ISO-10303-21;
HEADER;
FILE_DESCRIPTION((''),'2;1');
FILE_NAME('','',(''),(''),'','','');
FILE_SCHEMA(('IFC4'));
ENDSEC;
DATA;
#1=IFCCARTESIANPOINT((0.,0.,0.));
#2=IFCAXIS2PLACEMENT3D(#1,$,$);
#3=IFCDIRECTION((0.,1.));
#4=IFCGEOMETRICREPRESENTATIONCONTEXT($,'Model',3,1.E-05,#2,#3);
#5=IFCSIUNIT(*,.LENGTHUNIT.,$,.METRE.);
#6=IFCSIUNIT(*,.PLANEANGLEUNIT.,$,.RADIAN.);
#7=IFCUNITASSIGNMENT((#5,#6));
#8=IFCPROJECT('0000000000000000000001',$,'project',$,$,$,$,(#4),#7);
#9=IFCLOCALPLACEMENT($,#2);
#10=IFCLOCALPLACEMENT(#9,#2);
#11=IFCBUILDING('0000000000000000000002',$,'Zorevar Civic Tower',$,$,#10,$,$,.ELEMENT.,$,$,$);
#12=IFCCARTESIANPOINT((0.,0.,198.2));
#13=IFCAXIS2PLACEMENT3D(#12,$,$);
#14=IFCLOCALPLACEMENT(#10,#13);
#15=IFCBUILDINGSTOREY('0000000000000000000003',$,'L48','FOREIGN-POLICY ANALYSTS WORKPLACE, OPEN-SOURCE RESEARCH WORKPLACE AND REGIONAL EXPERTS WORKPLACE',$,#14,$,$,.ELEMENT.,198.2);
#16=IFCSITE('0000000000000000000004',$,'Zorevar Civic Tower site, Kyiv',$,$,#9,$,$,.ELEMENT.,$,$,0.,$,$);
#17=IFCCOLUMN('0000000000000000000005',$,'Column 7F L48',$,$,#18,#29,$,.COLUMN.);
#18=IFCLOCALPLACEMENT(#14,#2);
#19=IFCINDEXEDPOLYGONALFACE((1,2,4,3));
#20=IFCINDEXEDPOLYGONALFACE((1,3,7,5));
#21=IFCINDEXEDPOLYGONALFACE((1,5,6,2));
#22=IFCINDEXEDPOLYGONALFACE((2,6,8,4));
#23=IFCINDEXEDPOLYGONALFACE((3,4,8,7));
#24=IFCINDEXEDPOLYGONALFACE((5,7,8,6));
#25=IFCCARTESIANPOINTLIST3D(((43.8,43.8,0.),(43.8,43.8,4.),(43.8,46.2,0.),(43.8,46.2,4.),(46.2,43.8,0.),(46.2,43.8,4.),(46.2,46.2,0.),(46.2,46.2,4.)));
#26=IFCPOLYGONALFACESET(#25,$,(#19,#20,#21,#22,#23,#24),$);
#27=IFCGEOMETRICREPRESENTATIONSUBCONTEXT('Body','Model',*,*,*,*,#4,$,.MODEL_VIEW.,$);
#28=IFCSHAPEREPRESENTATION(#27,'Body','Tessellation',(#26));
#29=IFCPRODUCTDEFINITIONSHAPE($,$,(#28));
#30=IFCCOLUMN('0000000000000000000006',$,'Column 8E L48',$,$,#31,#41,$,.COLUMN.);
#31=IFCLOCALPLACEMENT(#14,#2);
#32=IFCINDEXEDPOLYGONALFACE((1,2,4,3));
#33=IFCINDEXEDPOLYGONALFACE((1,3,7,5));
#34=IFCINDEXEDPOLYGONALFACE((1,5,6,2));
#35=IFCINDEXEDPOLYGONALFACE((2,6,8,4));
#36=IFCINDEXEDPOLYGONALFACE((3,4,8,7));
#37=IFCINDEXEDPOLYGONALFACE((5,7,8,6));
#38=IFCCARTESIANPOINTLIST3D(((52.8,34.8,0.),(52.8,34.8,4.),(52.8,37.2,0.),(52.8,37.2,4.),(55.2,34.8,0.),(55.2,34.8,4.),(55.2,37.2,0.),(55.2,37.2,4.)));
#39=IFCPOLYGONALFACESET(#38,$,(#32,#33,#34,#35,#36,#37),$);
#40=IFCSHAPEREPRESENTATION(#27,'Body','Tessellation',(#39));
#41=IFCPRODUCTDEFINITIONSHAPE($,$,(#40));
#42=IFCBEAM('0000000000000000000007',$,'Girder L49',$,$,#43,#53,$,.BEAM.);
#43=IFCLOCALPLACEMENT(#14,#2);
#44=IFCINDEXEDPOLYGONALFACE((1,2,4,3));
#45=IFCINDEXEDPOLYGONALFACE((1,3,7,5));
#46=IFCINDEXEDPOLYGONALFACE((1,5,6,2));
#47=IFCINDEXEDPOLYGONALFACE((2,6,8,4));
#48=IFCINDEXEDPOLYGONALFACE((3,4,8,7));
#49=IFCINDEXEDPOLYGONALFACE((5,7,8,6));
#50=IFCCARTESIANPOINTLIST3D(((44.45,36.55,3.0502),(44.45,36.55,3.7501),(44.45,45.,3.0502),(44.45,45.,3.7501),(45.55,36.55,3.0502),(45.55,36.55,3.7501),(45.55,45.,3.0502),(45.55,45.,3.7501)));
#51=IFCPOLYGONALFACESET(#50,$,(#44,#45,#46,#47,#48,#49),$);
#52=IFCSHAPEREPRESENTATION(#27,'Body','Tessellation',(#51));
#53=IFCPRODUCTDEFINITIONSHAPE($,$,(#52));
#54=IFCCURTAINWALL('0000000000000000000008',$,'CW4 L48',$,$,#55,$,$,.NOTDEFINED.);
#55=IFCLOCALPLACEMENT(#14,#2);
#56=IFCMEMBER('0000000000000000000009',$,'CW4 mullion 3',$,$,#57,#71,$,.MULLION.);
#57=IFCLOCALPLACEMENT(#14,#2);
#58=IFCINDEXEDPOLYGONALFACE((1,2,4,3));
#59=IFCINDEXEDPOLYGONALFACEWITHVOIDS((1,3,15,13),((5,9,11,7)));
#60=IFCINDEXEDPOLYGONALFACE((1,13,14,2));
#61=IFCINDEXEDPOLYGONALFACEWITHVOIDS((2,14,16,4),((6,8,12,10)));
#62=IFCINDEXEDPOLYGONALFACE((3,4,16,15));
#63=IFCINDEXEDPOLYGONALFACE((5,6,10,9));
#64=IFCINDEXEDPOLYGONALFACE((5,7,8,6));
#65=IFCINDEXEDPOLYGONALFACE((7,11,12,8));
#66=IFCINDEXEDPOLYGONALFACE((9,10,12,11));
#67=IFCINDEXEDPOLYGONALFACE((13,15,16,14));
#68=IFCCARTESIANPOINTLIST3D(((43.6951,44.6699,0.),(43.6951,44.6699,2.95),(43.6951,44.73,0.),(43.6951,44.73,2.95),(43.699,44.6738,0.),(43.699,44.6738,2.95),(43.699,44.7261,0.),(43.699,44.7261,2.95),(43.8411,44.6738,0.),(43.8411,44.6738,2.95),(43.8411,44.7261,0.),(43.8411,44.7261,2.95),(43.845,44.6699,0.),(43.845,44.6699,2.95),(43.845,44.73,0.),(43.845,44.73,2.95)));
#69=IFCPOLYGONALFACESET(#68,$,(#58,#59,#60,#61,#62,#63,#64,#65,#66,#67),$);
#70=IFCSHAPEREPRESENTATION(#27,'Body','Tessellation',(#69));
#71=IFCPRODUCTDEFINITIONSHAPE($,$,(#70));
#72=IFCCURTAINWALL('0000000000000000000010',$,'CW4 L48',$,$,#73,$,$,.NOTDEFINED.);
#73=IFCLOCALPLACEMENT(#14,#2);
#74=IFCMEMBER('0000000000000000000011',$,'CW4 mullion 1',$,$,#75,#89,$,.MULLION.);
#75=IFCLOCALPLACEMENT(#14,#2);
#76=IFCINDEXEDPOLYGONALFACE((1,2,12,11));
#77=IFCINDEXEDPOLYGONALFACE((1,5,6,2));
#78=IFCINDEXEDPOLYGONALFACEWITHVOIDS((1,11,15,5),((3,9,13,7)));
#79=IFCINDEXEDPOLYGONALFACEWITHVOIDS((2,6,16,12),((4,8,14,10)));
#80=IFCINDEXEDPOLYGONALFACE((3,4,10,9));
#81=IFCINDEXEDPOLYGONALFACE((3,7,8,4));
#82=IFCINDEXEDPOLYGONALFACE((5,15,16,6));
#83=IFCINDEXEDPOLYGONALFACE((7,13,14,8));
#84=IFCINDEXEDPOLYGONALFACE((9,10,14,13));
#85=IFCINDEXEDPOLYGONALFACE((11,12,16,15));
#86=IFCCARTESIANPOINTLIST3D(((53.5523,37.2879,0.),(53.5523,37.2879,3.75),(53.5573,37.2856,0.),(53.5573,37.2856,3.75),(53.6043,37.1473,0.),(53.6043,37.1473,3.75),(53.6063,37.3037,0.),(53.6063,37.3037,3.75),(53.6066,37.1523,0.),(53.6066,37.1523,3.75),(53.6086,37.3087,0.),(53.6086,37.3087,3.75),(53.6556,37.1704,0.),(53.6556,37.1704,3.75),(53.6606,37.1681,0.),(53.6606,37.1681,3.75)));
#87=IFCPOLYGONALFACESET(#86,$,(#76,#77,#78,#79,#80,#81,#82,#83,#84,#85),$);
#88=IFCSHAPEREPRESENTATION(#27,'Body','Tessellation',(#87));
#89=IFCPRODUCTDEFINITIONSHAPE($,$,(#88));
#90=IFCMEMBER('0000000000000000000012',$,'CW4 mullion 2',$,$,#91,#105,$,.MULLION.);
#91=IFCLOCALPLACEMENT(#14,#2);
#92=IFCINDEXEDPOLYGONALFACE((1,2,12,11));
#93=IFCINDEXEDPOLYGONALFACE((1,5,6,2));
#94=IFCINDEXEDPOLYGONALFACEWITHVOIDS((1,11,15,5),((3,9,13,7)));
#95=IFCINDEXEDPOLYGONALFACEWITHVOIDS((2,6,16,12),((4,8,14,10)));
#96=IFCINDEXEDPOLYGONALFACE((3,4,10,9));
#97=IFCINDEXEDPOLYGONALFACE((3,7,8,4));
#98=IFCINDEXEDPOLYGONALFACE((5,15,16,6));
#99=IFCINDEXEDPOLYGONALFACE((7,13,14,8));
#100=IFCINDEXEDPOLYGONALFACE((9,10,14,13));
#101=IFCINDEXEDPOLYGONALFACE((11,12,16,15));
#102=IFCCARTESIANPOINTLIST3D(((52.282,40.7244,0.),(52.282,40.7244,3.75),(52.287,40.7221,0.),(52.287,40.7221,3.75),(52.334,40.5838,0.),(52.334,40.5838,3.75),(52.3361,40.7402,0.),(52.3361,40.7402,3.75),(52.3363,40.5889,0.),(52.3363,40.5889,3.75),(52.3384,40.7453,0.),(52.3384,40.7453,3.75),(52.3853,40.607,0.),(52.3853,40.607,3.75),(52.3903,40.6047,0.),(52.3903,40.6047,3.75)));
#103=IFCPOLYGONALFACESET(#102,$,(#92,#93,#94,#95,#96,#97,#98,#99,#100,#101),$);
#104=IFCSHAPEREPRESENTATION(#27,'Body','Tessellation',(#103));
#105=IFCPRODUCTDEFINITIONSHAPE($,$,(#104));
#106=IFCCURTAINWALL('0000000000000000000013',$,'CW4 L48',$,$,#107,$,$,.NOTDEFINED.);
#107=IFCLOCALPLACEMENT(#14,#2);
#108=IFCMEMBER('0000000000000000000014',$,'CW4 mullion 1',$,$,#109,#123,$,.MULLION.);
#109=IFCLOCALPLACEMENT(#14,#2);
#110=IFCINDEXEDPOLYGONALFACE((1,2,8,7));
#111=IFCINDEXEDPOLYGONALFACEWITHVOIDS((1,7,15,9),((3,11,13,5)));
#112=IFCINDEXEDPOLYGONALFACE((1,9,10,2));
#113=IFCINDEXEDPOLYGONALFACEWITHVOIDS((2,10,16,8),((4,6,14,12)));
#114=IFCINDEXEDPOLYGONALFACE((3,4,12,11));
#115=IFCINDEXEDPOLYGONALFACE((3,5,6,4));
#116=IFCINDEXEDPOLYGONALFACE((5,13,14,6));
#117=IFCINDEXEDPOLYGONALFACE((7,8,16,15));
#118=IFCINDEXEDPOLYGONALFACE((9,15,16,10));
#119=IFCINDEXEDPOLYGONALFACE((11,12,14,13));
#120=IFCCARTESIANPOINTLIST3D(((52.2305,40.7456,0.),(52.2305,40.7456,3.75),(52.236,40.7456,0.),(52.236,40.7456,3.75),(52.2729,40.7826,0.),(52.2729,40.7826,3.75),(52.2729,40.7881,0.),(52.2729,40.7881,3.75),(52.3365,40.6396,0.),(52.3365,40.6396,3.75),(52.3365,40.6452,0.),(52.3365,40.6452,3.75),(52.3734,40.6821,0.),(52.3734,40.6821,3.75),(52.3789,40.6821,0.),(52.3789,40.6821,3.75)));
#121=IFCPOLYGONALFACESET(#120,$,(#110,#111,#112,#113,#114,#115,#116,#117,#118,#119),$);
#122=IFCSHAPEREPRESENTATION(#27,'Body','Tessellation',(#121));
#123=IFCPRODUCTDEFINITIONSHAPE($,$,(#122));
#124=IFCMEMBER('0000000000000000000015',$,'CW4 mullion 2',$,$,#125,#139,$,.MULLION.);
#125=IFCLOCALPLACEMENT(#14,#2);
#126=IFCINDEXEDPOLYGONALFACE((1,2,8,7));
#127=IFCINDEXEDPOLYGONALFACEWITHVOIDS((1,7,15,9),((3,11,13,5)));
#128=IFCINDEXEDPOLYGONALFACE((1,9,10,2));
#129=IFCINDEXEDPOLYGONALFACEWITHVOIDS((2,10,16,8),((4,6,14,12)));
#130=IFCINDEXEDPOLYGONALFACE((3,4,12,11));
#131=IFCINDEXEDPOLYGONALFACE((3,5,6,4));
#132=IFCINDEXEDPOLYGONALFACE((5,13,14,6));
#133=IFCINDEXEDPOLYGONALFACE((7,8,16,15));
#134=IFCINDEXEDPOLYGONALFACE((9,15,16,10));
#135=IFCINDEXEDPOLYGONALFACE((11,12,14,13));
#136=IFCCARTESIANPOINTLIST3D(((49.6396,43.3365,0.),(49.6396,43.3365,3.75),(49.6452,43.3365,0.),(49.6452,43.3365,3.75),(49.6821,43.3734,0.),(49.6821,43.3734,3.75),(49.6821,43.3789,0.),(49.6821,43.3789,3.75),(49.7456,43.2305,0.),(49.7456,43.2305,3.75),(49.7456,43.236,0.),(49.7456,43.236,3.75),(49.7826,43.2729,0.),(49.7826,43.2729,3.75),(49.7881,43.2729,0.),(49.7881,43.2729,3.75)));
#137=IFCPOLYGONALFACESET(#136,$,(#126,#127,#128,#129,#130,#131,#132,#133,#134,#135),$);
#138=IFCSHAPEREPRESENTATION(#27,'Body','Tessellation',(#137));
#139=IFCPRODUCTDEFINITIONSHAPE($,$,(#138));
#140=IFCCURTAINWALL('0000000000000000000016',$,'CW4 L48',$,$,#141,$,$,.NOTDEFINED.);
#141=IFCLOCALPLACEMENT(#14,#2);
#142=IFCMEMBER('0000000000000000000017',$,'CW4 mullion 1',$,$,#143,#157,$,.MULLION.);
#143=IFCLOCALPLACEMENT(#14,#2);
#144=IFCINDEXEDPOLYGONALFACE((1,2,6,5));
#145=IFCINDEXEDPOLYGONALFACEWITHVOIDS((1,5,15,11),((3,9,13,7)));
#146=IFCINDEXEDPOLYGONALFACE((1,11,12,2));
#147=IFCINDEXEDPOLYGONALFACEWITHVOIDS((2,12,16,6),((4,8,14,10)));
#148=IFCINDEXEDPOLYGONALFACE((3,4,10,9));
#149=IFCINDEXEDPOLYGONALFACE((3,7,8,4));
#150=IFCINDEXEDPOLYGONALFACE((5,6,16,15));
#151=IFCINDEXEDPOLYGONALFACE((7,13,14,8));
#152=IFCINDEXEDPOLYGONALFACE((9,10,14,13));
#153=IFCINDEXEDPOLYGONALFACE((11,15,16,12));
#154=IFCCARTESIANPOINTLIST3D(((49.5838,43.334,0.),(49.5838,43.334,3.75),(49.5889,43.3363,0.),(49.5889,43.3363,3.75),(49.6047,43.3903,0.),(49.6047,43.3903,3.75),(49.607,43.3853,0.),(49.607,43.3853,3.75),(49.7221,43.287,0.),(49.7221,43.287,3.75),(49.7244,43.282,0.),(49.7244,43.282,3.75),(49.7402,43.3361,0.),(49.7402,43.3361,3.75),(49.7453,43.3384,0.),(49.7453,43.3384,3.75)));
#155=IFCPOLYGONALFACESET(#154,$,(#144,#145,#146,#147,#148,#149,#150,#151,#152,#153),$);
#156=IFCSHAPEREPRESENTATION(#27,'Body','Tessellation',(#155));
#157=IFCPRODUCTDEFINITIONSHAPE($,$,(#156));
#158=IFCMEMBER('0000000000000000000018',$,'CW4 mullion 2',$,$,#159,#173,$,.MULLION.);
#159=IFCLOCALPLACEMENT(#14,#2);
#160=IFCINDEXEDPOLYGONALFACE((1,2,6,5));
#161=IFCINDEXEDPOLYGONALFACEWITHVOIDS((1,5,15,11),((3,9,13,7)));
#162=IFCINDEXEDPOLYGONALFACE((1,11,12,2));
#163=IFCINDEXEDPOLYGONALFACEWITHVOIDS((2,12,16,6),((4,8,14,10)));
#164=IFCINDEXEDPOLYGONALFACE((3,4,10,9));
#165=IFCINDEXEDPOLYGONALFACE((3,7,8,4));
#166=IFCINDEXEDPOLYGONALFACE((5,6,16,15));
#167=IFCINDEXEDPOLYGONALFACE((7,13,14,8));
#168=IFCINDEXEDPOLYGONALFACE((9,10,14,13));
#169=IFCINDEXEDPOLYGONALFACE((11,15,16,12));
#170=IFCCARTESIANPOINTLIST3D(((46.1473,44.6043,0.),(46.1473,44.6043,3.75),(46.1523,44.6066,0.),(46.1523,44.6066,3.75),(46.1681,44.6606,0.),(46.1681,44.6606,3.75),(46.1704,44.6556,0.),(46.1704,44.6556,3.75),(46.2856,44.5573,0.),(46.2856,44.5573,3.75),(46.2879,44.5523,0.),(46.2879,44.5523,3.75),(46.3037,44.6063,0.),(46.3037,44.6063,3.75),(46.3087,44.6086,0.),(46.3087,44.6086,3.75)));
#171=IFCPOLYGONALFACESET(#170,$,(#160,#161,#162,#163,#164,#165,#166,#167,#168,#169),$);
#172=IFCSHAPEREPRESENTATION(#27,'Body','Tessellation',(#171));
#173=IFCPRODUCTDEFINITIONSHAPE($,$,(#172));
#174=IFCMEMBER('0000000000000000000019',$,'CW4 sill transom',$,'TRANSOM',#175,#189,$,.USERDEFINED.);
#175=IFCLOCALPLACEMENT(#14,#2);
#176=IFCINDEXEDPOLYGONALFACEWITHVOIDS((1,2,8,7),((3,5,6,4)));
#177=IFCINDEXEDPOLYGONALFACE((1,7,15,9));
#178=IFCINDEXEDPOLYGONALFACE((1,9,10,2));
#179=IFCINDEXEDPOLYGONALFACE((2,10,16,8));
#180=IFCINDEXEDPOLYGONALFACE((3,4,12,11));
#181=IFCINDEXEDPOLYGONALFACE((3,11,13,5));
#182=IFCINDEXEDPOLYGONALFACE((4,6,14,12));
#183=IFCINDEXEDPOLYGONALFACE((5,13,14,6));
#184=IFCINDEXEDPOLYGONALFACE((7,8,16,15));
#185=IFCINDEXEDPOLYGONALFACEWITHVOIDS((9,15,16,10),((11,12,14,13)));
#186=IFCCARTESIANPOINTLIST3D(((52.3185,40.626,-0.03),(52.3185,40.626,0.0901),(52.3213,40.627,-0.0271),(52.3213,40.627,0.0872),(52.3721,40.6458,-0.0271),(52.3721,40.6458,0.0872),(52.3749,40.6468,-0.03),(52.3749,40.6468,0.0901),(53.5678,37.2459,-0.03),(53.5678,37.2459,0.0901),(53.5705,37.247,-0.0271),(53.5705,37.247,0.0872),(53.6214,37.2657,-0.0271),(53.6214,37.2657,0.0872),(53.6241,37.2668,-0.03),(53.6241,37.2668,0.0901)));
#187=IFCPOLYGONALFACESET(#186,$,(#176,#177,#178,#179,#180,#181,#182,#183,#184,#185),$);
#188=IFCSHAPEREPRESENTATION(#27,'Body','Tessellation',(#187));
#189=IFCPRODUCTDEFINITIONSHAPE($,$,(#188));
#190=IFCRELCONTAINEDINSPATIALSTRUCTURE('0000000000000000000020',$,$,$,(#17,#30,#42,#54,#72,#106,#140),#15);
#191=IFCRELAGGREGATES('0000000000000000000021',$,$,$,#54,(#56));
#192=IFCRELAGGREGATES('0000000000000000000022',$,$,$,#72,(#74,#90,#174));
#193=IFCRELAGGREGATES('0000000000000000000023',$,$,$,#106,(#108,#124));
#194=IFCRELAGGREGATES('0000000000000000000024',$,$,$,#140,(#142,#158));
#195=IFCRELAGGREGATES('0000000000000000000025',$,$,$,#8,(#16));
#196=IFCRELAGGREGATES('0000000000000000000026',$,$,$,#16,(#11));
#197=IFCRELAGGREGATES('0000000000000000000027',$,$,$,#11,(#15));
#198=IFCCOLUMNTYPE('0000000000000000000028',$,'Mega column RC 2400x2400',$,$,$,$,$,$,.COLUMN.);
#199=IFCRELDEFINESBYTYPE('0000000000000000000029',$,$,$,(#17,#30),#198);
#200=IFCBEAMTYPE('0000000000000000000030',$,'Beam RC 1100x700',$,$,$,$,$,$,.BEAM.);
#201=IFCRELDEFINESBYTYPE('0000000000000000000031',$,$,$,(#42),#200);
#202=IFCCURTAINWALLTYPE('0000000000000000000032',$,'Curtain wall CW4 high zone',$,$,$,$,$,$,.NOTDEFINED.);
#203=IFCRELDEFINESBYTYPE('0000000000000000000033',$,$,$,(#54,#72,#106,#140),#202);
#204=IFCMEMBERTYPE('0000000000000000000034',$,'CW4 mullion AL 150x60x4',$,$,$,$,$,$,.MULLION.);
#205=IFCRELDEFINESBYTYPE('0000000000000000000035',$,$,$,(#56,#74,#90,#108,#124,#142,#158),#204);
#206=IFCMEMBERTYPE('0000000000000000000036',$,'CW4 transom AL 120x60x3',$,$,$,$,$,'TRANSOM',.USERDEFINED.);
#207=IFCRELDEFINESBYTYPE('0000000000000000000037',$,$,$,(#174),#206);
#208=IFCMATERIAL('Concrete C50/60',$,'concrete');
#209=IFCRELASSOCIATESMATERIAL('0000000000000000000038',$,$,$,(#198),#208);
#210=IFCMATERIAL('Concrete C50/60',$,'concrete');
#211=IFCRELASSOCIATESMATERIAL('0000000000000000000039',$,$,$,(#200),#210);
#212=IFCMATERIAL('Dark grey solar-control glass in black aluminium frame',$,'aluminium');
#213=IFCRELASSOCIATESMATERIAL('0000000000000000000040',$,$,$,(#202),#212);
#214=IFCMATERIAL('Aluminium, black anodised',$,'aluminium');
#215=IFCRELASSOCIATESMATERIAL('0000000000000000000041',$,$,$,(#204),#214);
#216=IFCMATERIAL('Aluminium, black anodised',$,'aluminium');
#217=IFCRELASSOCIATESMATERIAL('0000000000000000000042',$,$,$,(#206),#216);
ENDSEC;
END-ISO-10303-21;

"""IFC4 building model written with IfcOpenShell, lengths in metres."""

from ifc_helpers import new_model, si_unit, direction, frame, origin, origin_2d, place, context, subcontext, project, spatial, rectangle, hollow_rectangle, extrude, material, material_profile, profile_set, type_object, element, aggregate, save


model = new_model("IFC4")

# Units and contexts
model_context = context("Model", 3, precision=1e-05, world=origin(), true_north=direction((0.0, 1.0)))
body_context = subcontext(model_context, "Body", "Model", "MODEL_VIEW")
ifc_project = project(units=[si_unit("LENGTHUNIT", "METRE"), si_unit("PLANEANGLEUNIT", "RADIAN")], contexts=[model_context])

# Site, building, storey
site_placement = place(None, origin())
site = spatial("IfcSite", under=ifc_project, at=site_placement, Name="Zorevar Civic Tower site, Kyiv", CompositionType="ELEMENT", RefElevation=0.0)
building_placement = place(site_placement, origin())
building = spatial("IfcBuilding", under=site, at=building_placement, Name="Zorevar Civic Tower", CompositionType="ELEMENT")
storey_placement = place(building_placement, frame((0.0, 0.0, 198.2)))
storey = spatial("IfcBuildingStorey", under=building, at=storey_placement, Name="L48", Description="FOREIGN-POLICY ANALYSTS WORKPLACE, OPEN-SOURCE RESEARCH WORKPLACE AND REGIONAL EXPERTS WORKPLACE", CompositionType="ELEMENT", Elevation=198.2)

# Columns
ifc_material_1 = material(Name="Concrete C50/60", Category="concrete")
ifc_material_profile_1 = material_profile(ifc_material_1, rectangle(XDim=2.3999, YDim=2.3999, at=origin_2d()), Name="RC 2400x2400")
ifc_profile_set_1 = profile_set([ifc_material_profile_1], Name="Concrete C50/60")
column_type = type_object("IfcColumnType", Name="Mega column RC 2400x2400", PredefinedType="COLUMN", material=ifc_profile_set_1)
for number, where, z_axis, x_axis, name in (
    (1, (45.0, 45.0, 0.0), (0.0, 0.0, 1.0), (1.0, 0.0, 0.0), "Column 7F L48"),
    (2, (54.0, 36.0, 0.0), (0.0, 0.0, 1.0), (1.0, 0.0, 0.0), "Column 8E L48"),
):
    element("IfcColumn", number, at=place(storey_placement, frame(where, z_axis=z_axis, x_axis=x_axis)), inside=storey, type_object=column_type, Name=name, PredefinedType="COLUMN", context=body_context, shape_type="SweptSolid", body=[
        extrude(rectangle(XDim=2.3999, YDim=2.3999, at=origin_2d()), origin(), (0.0, 0.0, 1.0), 4.0),
    ])

# Beam
ifc_material_2 = material(Name="Concrete C50/60", Category="concrete")
ifc_material_profile_2 = material_profile(ifc_material_2, rectangle(XDim=1.1001, YDim=0.7, at=origin_2d()), Name="RC 1100x700")
ifc_profile_set_2 = profile_set([ifc_material_profile_2], Name="Concrete C50/60")
beam_type_1 = type_object("IfcBeamType", Name="Beam RC 1100x700", PredefinedType="BEAM", material=ifc_profile_set_2)
beam_1_placement = place(storey_placement, frame((45.0, 36.55, 3.4001), z_axis=(0.0, 1.0, 0.0), x_axis=(-1.0, 0.0, 0.0)))
element("IfcBeam", 3, at=beam_1_placement, inside=storey, type_object=beam_type_1, Name="Girder L49", PredefinedType="BEAM", context=body_context, shape_type="SweptSolid", body=[
    extrude(rectangle(XDim=1.1001, YDim=0.7, at=origin_2d()), origin(), (0.0, 0.0, 1.0), 8.45),
])

# Curtain wall, member
ifc_material_3 = material(Name="Dark grey solar-control glass in black aluminium frame", Category="aluminium")
curtain_wall_type = type_object("IfcCurtainWallType", Name="Curtain wall CW4 high zone", PredefinedType="NOTDEFINED", material=ifc_material_3)
curtain_wall_1_placement = place(storey_placement, origin())
curtain_wall_1 = element("IfcCurtainWall", 4, at=curtain_wall_1_placement, inside=storey, type_object=curtain_wall_type, Name="CW4 L48", PredefinedType="NOTDEFINED")
ifc_material_4 = material(Name="Aluminium, black anodised", Category="aluminium")
ifc_material_profile_3 = material_profile(ifc_material_4, hollow_rectangle(XDim=0.0601, YDim=0.1499, WallThickness=0.0039, at=origin_2d()), Name="AL 150x60x4")
ifc_profile_set_3 = profile_set([ifc_material_profile_3], Name="Aluminium, black anodised")
member_type_1 = type_object("IfcMemberType", Name="CW4 mullion AL 150x60x4", PredefinedType="MULLION", material=ifc_profile_set_3)
member_1_placement = place(storey_placement, frame((43.77, 44.7, 0.0), z_axis=(0.0, 0.0, 1.0), x_axis=(0.0, 1.0, 0.0)))
member_1 = element("IfcMember", 5, at=member_1_placement, type_object=member_type_1, Name="CW4 mullion 3", PredefinedType="MULLION", context=body_context, shape_type="SweptSolid", body=[
    extrude(hollow_rectangle(XDim=0.0601, YDim=0.1499, WallThickness=0.0039, at=origin_2d()), origin(), (0.0, 0.0, 1.0), 2.95),
])

# Curtain walls, members
curtain_wall_2_placement = place(storey_placement, origin())
curtain_wall_2 = element("IfcCurtainWall", 6, at=curtain_wall_2_placement, inside=storey, type_object=curtain_wall_type, Name="CW4 L48", PredefinedType="NOTDEFINED")
member_2_placement = place(storey_placement, frame((53.6064, 37.228, 0.0), z_axis=(0.0, 0.0, 1.0), x_axis=(-0.937975, -0.346704, 0.0)))
member_2 = element("IfcMember", 7, at=member_2_placement, type_object=member_type_1, Name="CW4 mullion 1", PredefinedType="MULLION", context=body_context, shape_type="SweptSolid", body=[
    extrude(hollow_rectangle(XDim=0.0601, YDim=0.1499, WallThickness=0.0039, at=origin_2d()), origin(), (0.0, 0.0, 1.0), 3.75),
])
member_3_placement = place(storey_placement, frame((52.3362, 40.6646, 0.0), z_axis=(0.0, 0.0, 1.0), x_axis=(-0.937975, -0.346704, 0.0)))
member_3 = element("IfcMember", 8, at=member_3_placement, type_object=member_type_1, Name="CW4 mullion 2", PredefinedType="MULLION", context=body_context, shape_type="SweptSolid", body=[
    extrude(hollow_rectangle(XDim=0.0601, YDim=0.1499, WallThickness=0.0039, at=origin_2d()), origin(), (0.0, 0.0, 1.0), 3.75),
])
curtain_wall_3_placement = place(storey_placement, origin())
curtain_wall_3 = element("IfcCurtainWall", 9, at=curtain_wall_3_placement, inside=storey, type_object=curtain_wall_type, Name="CW4 L48", PredefinedType="NOTDEFINED")
member_4_placement = place(storey_placement, frame((52.3047, 40.7139, 0.0), z_axis=(0.0, 0.0, 1.0), x_axis=(-0.707107, -0.707107, 0.0)))
member_4 = element("IfcMember", 10, at=member_4_placement, type_object=member_type_1, Name="CW4 mullion 1", PredefinedType="MULLION", context=body_context, shape_type="SweptSolid", body=[
    extrude(hollow_rectangle(XDim=0.0601, YDim=0.1499, WallThickness=0.0039, at=origin_2d()), origin(), (0.0, 0.0, 1.0), 3.75),
])
member_5_placement = place(storey_placement, frame((49.7139, 43.3047, 0.0), z_axis=(0.0, 0.0, 1.0), x_axis=(-0.707107, -0.707107, 0.0)))
member_5 = element("IfcMember", 11, at=member_5_placement, type_object=member_type_1, Name="CW4 mullion 2", PredefinedType="MULLION", context=body_context, shape_type="SweptSolid", body=[
    extrude(hollow_rectangle(XDim=0.0601, YDim=0.1499, WallThickness=0.0039, at=origin_2d()), origin(), (0.0, 0.0, 1.0), 3.75),
])
curtain_wall_4_placement = place(storey_placement, origin())
curtain_wall_4 = element("IfcCurtainWall", 12, at=curtain_wall_4_placement, inside=storey, type_object=curtain_wall_type, Name="CW4 L48", PredefinedType="NOTDEFINED")
member_6_placement = place(storey_placement, frame((49.6646, 43.3362, 0.0), z_axis=(0.0, 0.0, 1.0), x_axis=(-0.346704, -0.937975, 0.0)))
member_6 = element("IfcMember", 13, at=member_6_placement, type_object=member_type_1, Name="CW4 mullion 1", PredefinedType="MULLION", context=body_context, shape_type="SweptSolid", body=[
    extrude(hollow_rectangle(XDim=0.0601, YDim=0.1499, WallThickness=0.0039, at=origin_2d()), origin(), (0.0, 0.0, 1.0), 3.75),
])
member_7_placement = place(storey_placement, frame((46.228, 44.6064, 0.0), z_axis=(0.0, 0.0, 1.0), x_axis=(-0.346704, -0.937975, 0.0)))
member_7 = element("IfcMember", 14, at=member_7_placement, type_object=member_type_1, Name="CW4 mullion 2", PredefinedType="MULLION", context=body_context, shape_type="SweptSolid", body=[
    extrude(hollow_rectangle(XDim=0.0601, YDim=0.1499, WallThickness=0.0039, at=origin_2d()), origin(), (0.0, 0.0, 1.0), 3.75),
])

# Member
ifc_material_5 = material(Name="Aluminium, black anodised", Category="aluminium")
ifc_material_profile_4 = material_profile(ifc_material_5, hollow_rectangle(XDim=0.0601, YDim=0.1201, WallThickness=0.0029, at=origin_2d()), Name="AL 120x60x3")
ifc_profile_set_4 = profile_set([ifc_material_profile_4], Name="Aluminium, black anodised")
member_type_2 = type_object("IfcMemberType", Name="CW4 transom AL 120x60x3", ElementType="TRANSOM", PredefinedType="USERDEFINED", material=ifc_profile_set_4)
member_8_placement = place(storey_placement, frame((53.5959, 37.2563, 0.03), z_axis=(-0.346672, 0.937986, 0.0), x_axis=(-0.937986, -0.346672, 0.0)))
member_8 = element("IfcMember", 15, at=member_8_placement, type_object=member_type_2, Name="CW4 sill transom", ObjectType="TRANSOM", PredefinedType="USERDEFINED", context=body_context, shape_type="SweptSolid", body=[
    extrude(hollow_rectangle(XDim=0.0601, YDim=0.1201, WallThickness=0.0029, at=origin_2d()), origin(), (0.0, 0.0, 1.0), 3.6035),
])

aggregate(curtain_wall_1, [member_1])
aggregate(curtain_wall_2, [member_2, member_3, member_8])
aggregate(curtain_wall_3, [member_4, member_5])
aggregate(curtain_wall_4, [member_6, member_7])

save(model, "model.ifc")
